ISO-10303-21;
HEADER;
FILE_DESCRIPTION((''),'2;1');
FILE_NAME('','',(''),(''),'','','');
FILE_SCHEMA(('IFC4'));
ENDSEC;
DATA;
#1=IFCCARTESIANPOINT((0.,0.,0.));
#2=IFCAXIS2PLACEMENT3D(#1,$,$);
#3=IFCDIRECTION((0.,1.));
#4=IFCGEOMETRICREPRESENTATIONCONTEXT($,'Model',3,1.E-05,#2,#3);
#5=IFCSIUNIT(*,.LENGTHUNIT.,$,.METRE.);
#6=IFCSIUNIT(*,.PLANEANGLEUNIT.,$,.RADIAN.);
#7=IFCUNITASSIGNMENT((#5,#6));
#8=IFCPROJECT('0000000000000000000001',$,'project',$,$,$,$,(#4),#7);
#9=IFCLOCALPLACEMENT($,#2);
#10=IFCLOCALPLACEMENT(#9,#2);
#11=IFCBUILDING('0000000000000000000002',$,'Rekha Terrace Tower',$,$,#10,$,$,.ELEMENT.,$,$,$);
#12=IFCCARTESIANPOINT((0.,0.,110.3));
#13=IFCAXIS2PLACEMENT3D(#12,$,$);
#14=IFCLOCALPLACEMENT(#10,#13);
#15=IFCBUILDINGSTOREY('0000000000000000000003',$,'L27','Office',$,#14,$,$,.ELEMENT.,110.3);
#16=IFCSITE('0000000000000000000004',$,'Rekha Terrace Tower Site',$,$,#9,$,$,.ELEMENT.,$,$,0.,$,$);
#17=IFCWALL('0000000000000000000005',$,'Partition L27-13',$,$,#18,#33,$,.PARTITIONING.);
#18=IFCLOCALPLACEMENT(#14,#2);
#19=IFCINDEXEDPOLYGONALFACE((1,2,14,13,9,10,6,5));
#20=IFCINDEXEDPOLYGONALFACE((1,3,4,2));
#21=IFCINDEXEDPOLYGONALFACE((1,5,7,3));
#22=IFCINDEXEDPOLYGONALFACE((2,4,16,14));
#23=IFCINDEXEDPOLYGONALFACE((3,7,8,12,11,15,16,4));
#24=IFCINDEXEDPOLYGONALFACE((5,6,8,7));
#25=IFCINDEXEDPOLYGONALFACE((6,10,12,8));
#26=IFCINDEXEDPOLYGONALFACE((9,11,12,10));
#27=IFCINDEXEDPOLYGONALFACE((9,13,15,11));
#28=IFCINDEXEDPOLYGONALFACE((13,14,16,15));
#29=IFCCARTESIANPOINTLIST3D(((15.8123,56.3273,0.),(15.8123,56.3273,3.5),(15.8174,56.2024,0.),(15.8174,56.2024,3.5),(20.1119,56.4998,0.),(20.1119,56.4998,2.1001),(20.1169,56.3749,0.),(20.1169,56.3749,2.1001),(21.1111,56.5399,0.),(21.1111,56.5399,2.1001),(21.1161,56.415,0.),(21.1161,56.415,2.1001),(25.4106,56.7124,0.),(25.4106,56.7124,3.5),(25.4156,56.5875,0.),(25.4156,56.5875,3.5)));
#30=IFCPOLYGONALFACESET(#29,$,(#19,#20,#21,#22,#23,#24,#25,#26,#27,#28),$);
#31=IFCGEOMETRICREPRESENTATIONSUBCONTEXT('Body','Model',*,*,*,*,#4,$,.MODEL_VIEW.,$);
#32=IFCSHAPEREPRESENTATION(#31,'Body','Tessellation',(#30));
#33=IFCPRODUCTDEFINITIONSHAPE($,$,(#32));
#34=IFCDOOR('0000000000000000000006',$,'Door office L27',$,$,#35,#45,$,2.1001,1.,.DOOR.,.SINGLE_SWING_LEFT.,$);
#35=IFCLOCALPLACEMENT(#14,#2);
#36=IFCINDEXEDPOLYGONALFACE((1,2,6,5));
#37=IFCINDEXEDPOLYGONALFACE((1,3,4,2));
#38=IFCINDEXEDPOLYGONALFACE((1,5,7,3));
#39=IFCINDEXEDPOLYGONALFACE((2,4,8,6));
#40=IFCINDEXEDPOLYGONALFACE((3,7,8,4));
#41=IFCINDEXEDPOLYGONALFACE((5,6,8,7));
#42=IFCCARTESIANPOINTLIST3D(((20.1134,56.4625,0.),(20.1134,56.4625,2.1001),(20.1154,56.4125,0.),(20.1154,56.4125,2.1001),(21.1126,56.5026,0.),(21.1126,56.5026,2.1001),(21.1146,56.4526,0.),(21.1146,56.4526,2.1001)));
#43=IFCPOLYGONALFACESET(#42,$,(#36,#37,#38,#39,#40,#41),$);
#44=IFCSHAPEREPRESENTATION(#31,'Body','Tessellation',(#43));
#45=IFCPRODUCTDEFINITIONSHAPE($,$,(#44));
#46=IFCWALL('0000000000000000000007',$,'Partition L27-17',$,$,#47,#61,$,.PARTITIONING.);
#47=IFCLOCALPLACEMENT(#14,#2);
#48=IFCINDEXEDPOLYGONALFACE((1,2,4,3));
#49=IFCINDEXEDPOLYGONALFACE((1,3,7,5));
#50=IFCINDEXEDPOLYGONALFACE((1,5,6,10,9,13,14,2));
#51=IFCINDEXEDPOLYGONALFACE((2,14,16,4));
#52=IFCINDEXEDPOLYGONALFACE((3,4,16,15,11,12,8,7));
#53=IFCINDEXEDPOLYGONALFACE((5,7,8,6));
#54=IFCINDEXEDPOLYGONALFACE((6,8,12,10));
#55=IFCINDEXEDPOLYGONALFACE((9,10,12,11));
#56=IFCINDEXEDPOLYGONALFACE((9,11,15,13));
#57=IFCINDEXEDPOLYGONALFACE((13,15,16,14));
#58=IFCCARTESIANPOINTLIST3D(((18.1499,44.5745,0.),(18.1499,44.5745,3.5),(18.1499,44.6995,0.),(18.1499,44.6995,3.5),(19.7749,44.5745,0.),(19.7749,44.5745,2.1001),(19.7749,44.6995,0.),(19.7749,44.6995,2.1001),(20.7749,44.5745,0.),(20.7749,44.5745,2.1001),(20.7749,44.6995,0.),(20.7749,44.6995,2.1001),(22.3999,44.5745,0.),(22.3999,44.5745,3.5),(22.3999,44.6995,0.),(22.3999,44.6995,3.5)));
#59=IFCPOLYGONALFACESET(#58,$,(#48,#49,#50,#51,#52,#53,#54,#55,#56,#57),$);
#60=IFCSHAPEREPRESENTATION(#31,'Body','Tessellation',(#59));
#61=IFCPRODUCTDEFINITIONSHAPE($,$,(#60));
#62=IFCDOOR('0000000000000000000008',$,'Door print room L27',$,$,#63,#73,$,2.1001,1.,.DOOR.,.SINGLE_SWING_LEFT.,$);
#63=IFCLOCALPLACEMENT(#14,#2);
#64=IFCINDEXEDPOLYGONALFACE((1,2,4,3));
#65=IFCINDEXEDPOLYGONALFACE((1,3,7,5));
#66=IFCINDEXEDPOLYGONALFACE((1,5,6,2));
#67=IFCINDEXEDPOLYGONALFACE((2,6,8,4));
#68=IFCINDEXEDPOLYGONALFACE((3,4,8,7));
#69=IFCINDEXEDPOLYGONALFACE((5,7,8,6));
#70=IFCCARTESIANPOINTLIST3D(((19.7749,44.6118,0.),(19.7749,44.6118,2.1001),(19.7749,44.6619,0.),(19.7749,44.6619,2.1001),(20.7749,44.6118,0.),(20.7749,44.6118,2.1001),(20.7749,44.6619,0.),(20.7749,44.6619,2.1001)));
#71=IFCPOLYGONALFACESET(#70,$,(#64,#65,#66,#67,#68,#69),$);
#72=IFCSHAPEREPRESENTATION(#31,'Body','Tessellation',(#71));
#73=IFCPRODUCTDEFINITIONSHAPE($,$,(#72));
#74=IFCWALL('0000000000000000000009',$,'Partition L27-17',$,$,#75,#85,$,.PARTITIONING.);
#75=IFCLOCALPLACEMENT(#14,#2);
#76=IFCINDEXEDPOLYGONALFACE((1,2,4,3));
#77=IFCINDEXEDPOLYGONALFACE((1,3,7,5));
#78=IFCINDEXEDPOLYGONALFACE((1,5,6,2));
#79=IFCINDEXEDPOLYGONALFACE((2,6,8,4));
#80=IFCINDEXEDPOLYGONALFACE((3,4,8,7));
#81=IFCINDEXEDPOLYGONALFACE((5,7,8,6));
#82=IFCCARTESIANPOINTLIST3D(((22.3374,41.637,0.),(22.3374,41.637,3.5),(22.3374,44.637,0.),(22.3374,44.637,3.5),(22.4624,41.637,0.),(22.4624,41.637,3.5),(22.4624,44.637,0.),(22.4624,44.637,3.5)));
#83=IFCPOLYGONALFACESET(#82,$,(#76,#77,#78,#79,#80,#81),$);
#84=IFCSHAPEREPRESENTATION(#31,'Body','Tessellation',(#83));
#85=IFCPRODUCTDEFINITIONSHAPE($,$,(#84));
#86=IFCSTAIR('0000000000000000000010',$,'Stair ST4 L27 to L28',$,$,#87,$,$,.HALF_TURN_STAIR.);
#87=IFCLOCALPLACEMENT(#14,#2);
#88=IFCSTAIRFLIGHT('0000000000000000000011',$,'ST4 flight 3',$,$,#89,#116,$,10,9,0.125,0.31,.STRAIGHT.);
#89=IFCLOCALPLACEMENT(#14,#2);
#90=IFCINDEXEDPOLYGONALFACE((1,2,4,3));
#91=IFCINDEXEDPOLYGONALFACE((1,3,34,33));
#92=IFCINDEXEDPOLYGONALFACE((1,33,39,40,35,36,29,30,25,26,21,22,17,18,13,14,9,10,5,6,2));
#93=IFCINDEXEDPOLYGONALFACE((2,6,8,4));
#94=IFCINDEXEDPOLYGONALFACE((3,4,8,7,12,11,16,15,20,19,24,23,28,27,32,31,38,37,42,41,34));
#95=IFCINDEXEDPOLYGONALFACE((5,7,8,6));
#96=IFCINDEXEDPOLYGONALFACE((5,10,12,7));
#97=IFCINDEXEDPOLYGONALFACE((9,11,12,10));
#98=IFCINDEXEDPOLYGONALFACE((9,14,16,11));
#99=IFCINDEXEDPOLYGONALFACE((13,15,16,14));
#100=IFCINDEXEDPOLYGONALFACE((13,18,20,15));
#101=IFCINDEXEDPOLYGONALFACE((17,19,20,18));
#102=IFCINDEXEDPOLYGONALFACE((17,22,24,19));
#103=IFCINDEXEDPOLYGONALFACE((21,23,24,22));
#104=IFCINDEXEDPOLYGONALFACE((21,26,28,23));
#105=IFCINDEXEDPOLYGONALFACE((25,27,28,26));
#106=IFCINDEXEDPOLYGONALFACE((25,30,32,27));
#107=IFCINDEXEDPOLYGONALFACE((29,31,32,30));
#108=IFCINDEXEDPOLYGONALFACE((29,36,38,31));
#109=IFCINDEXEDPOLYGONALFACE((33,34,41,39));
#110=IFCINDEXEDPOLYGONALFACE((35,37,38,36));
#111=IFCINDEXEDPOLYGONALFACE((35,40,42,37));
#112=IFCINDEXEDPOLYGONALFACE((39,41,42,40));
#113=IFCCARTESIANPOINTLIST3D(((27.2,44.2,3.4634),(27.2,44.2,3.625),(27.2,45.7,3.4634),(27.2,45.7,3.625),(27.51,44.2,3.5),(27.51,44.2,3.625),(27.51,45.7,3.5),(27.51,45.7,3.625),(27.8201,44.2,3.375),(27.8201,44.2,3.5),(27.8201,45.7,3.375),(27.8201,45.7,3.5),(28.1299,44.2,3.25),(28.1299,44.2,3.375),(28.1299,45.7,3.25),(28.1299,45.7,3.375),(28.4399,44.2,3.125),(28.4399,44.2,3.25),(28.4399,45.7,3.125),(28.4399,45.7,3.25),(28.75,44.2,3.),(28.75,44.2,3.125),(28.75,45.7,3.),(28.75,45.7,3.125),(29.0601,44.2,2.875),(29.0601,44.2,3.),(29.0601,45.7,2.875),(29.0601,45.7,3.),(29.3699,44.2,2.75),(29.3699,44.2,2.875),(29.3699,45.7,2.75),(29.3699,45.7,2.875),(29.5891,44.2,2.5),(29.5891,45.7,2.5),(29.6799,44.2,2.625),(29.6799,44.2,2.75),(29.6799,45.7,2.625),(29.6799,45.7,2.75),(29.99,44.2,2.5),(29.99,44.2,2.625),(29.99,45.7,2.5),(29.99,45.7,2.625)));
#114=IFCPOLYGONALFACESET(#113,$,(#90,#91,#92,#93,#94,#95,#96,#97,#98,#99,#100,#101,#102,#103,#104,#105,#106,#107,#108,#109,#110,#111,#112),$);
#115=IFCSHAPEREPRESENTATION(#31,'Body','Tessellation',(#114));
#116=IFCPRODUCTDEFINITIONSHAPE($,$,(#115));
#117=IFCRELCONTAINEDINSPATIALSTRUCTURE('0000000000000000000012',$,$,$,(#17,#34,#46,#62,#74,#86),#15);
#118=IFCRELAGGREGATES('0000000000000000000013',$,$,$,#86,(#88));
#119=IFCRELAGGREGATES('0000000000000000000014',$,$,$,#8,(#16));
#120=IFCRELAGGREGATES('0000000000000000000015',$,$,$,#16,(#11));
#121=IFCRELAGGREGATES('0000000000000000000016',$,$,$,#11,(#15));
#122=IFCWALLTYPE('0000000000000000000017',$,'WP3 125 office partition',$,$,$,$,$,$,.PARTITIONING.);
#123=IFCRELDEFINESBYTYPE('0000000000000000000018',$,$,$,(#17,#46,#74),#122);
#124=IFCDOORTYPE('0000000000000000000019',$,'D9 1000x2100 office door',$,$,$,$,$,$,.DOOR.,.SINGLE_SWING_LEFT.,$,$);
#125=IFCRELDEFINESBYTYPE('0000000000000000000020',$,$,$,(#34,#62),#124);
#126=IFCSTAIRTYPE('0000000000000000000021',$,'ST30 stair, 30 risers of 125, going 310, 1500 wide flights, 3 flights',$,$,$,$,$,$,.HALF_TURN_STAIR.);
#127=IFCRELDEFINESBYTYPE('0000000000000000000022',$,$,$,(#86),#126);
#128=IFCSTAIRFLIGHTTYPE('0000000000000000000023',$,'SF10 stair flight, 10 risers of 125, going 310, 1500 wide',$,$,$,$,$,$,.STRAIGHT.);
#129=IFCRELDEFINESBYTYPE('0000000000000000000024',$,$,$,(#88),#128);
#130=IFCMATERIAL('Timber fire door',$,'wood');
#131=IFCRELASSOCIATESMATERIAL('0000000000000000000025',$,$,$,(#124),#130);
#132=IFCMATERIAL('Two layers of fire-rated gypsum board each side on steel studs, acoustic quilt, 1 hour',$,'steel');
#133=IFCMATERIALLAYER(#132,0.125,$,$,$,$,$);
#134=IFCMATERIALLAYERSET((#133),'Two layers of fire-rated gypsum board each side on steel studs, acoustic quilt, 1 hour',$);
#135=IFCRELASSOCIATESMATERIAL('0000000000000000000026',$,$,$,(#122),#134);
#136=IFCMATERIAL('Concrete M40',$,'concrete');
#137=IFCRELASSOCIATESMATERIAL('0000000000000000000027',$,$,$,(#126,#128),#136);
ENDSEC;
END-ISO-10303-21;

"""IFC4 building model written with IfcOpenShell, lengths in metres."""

from ifc_helpers import new_model, si_unit, direction, frame, frame_2d, origin, place, context, subcontext, project, spatial, polyline, rectangle, outline, extrude, material, layer, layer_set, type_object, element, fill, aggregate, save


model = new_model("IFC4")

# Units and contexts
model_context = context("Model", 3, precision=1e-05, world=origin(), true_north=direction((0.0, 1.0)))
body_context = subcontext(model_context, "Body", "Model", "MODEL_VIEW")
ifc_project = project(units=[si_unit("LENGTHUNIT", "METRE"), si_unit("PLANEANGLEUNIT", "RADIAN")], contexts=[model_context])

# Site, building, storey
site_placement = place(None, origin())
site = spatial("IfcSite", under=ifc_project, at=site_placement, Name="Rekha Terrace Tower Site", CompositionType="ELEMENT", RefElevation=0.0)
building_placement = place(site_placement, origin())
building = spatial("IfcBuilding", under=site, at=building_placement, Name="Rekha Terrace Tower", CompositionType="ELEMENT")
storey_placement = place(building_placement, frame((0.0, 0.0, 110.3)))
storey = spatial("IfcBuildingStorey", under=building, at=storey_placement, Name="L27", Description="Office", CompositionType="ELEMENT", Elevation=110.3)

# Shared definitions
ifc_material_1 = material(Name="Timber fire door", Category="wood")
door_type_1 = type_object("IfcDoorType", Name="D9 1000x2100 office door", OperationType="SINGLE_SWING_LEFT", PredefinedType="DOOR", material=ifc_material_1)

# Shared definitions
ifc_material_2 = material(Name="Two layers of fire-rated gypsum board each side on steel studs, acoustic quilt, 1 hour", Category="steel")
ifc_layer_1 = layer(ifc_material_2, 0.125)
ifc_layer_set_1 = layer_set([ifc_layer_1], Name="Two layers of fire-rated gypsum board each side on steel studs, acoustic quilt, 1 hour")
wall_type_1 = type_object("IfcWallType", Name="WP3 125 office partition", PredefinedType="PARTITIONING", material=ifc_layer_set_1)

# Walls, openings, doors
wall_1_placement = place(storey_placement, frame((25.4131, 56.6499, 0.0), z_axis=(0.0, 0.0, 1.0), x_axis=(-0.999196, -0.040081, 0.0)))
wall_1 = element("IfcWall", 1, at=wall_1_placement, inside=storey, type_object=wall_type_1, Name="Partition L27-13", PredefinedType="PARTITIONING", context=body_context, shape_type="SweptSolid", body=[
    extrude(rectangle(XDim=9.606, YDim=0.125, at=frame_2d((4.803, 0.0))), origin(), (0.0, 0.0, 1.0), 3.5),
])
opening_1_placement = place(wall_1_placement, frame((4.303, 0.0, 0.0)))
opening_1 = element("IfcOpeningElement", 2, at=opening_1_placement, cuts=wall_1, PredefinedType="OPENING", context=body_context, shape_type="SweptSolid", body=[
    extrude(rectangle(XDim=1.0, YDim=2.1001, at=frame_2d((0.5, 1.05))), frame((0.0, 0.0725, 0.0), z_axis=(0.0, -1.0, 0.0), x_axis=(1.0, 0.0, 0.0)), (0.0, 0.0, 1.0), 0.145),
])
door_1_placement = place(opening_1_placement, origin())
door_1 = element("IfcDoor", 3, at=door_1_placement, inside=storey, type_object=door_type_1, Name="Door office L27", OperationType="SINGLE_SWING_LEFT", OverallHeight=2.1001, OverallWidth=1.0, PredefinedType="DOOR", context=body_context, shape_type="SweptSolid", body=[
    extrude(rectangle(XDim=1.0, YDim=2.1001, at=frame_2d((0.5, 1.05))), frame((0.0, 0.0249, 0.0), z_axis=(0.0, -1.0, 0.0), x_axis=(1.0, 0.0, 0.0)), (0.0, 0.0, 1.0), 0.05),
])
fill(opening_1, door_1)
wall_2_placement = place(storey_placement, frame((18.1499, 44.637, 0.0), z_axis=(0.0, 0.0, 1.0), x_axis=(1.0, 0.0, 0.0)))
wall_2 = element("IfcWall", 4, at=wall_2_placement, inside=storey, type_object=wall_type_1, Name="Partition L27-17", PredefinedType="PARTITIONING", context=body_context, shape_type="SweptSolid", body=[
    extrude(rectangle(XDim=4.25, YDim=0.125, at=frame_2d((2.125, 0.0))), origin(), (0.0, 0.0, 1.0), 3.5),
])
opening_2_placement = place(wall_2_placement, frame((1.625, 0.0, 0.0)))
opening_2 = element("IfcOpeningElement", 5, at=opening_2_placement, cuts=wall_2, PredefinedType="OPENING", context=body_context, shape_type="SweptSolid", body=[
    extrude(rectangle(XDim=1.0, YDim=2.1001, at=frame_2d((0.5, 1.05))), frame((0.0, 0.0725, 0.0), z_axis=(0.0, -1.0, 0.0), x_axis=(1.0, 0.0, 0.0)), (0.0, 0.0, 1.0), 0.145),
])
door_2_placement = place(opening_2_placement, origin())
door_2 = element("IfcDoor", 6, at=door_2_placement, inside=storey, type_object=door_type_1, Name="Door print room L27", OperationType="SINGLE_SWING_LEFT", OverallHeight=2.1001, OverallWidth=1.0, PredefinedType="DOOR", context=body_context, shape_type="SweptSolid", body=[
    extrude(rectangle(XDim=1.0, YDim=2.1001, at=frame_2d((0.5, 1.05))), frame((0.0, 0.0249, 0.0), z_axis=(0.0, -1.0, 0.0), x_axis=(1.0, 0.0, 0.0)), (0.0, 0.0, 1.0), 0.05),
])
fill(opening_2, door_2)

# Wall
wall_3_placement = place(storey_placement, frame((22.3999, 44.637, 0.0), z_axis=(0.0, 0.0, 1.0), x_axis=(0.0, -1.0, 0.0)))
element("IfcWall", 7, at=wall_3_placement, inside=storey, type_object=wall_type_1, Name="Partition L27-17", PredefinedType="PARTITIONING", context=body_context, shape_type="SweptSolid", body=[
    extrude(rectangle(XDim=3.0, YDim=0.125, at=frame_2d((1.5, 0.0))), origin(), (0.0, 0.0, 1.0), 3.5),
])

# Stair, stair flight
ifc_material_3 = material(Name="Concrete M40", Category="concrete")
stair_type = type_object("IfcStairType", Name="ST30 stair, 30 risers of 125, going 310, 1500 wide flights, 3 flights", PredefinedType="HALF_TURN_STAIR", material=ifc_material_3)
stair_placement = place(storey_placement, origin())
stair = element("IfcStair", 8, at=stair_placement, inside=storey, type_object=stair_type, Name="Stair ST4 L27 to L28", PredefinedType="HALF_TURN_STAIR")
stair_flight_type = type_object("IfcStairFlightType", Name="SF10 stair flight, 10 risers of 125, going 310, 1500 wide", PredefinedType="STRAIGHT", material=ifc_material_3)
stair_flight_placement = place(storey_placement, frame((29.99, 44.95, 2.5), z_axis=(0.0, 0.0, 1.0), x_axis=(-1.0, 0.0, 0.0)))
stair_flight = element("IfcStairFlight", 9, at=stair_flight_placement, type_object=stair_flight_type, Name="ST4 flight 3", NumberOfRisers=10, NumberOfTreads=9, PredefinedType="STRAIGHT", RiserHeight=0.125, TreadLength=0.31, context=body_context, shape_type="SweptSolid", body=[
    extrude(outline(polyline([(0.0, 0.0), (0.0, 0.125), (0.3101, 0.125), (0.3101, 0.25), (0.6201, 0.25), (0.6201, 0.375), (0.9299, 0.375), (0.9299, 0.5), (1.24, 0.5), (1.24, 0.625), (1.55, 0.625), (1.55, 0.75), (1.8601, 0.75), (1.8601, 0.875), (2.1699, 0.875), (2.1699, 1.0), (2.48, 1.0), (2.48, 1.125), (2.79, 1.125), (2.79, 1.25), (2.79, 0.9634), (0.4009, 0.0), (0.0, 0.0)])), frame((0.0, 0.75, 0.0), z_axis=(0.0, -1.0, 0.0), x_axis=(1.0, 0.0, 0.0)), (0.0, 0.0, 1.0), 1.5),
])
aggregate(stair, [stair_flight])

save(model, "model.ifc")
